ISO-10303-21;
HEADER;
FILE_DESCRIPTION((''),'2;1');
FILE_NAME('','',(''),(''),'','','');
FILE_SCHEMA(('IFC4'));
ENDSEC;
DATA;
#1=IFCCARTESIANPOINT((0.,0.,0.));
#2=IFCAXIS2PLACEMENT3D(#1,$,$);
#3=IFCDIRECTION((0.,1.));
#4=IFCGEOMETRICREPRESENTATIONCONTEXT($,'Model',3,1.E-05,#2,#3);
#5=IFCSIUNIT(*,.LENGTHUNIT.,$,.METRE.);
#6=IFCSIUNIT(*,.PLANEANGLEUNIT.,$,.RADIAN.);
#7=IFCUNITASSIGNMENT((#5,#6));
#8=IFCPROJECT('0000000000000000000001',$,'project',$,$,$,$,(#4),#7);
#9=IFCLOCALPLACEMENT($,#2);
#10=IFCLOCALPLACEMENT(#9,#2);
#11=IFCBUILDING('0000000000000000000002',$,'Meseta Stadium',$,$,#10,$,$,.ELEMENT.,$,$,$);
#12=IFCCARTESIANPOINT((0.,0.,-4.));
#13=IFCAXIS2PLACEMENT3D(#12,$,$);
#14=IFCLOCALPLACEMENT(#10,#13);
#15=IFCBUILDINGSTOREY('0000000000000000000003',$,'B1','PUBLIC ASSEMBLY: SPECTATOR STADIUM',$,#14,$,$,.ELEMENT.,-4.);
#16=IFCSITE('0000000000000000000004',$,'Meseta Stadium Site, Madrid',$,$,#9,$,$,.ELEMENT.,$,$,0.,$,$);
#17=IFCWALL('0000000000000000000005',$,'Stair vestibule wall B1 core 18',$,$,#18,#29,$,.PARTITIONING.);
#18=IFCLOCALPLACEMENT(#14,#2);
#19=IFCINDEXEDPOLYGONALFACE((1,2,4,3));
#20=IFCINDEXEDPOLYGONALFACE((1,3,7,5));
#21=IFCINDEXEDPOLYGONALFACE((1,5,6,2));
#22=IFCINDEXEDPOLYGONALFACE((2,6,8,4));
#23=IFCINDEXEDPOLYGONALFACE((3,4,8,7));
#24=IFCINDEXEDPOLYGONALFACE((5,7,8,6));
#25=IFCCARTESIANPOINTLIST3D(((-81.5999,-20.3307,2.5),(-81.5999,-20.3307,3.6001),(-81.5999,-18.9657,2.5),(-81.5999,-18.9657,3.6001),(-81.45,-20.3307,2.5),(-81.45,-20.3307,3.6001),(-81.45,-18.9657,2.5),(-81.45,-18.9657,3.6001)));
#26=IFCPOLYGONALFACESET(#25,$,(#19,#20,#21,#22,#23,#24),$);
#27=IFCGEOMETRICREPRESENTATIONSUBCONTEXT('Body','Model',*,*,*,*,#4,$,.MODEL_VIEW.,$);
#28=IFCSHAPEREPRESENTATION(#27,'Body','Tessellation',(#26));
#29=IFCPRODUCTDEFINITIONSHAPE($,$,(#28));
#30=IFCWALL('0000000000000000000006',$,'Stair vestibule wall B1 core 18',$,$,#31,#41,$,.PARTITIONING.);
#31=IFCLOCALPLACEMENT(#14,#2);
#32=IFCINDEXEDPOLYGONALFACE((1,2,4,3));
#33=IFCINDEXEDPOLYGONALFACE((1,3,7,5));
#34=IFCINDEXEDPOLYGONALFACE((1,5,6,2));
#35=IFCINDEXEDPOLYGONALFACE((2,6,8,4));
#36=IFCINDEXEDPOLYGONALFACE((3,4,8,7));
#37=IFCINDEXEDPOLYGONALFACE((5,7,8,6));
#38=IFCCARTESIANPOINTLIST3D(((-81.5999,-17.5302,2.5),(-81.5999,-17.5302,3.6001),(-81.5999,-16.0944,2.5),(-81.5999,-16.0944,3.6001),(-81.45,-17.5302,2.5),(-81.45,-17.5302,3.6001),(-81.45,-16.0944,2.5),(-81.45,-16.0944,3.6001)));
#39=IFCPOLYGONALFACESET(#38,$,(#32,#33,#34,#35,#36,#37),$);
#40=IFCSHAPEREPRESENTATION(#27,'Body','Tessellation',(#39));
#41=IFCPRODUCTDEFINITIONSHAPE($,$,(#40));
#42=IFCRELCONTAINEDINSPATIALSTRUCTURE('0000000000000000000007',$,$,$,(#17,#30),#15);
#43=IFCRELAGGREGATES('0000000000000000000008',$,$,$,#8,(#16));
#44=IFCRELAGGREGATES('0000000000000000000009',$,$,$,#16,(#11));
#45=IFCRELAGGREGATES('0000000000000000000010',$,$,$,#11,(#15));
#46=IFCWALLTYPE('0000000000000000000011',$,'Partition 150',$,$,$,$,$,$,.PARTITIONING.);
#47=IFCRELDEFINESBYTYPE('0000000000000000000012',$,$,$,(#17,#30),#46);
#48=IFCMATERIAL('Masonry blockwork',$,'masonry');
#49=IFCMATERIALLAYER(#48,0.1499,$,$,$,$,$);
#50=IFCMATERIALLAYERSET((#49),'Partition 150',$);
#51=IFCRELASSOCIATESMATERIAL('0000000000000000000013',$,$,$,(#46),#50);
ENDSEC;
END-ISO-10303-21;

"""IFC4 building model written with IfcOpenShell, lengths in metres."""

from ifc_helpers import new_model, si_unit, direction, frame, frame_2d, origin, place, context, subcontext, project, spatial, rectangle, extrude, material, layer, layer_set, type_object, element, save


model = new_model("IFC4")

# Units and contexts
model_context = context("Model", 3, precision=1e-05, world=origin(), true_north=direction((0.0, 1.0)))
body_context = subcontext(model_context, "Body", "Model", "MODEL_VIEW")
ifc_project = project(units=[si_unit("LENGTHUNIT", "METRE"), si_unit("PLANEANGLEUNIT", "RADIAN")], contexts=[model_context])

# Site, building, storey
site_placement = place(None, origin())
site = spatial("IfcSite", under=ifc_project, at=site_placement, Name="Meseta Stadium Site, Madrid", CompositionType="ELEMENT", RefElevation=0.0)
building_placement = place(site_placement, origin())
building = spatial("IfcBuilding", under=site, at=building_placement, Name="Meseta Stadium", CompositionType="ELEMENT")
storey_placement = place(building_placement, frame((0.0, 0.0, -4.0)))
storey = spatial("IfcBuildingStorey", under=building, at=storey_placement, Name="B1", Description="PUBLIC ASSEMBLY: SPECTATOR STADIUM", CompositionType="ELEMENT", Elevation=-4.0)

# Shared definitions
ifc_material_1 = material(Name="Masonry blockwork", Category="masonry")
ifc_layer_1 = layer(ifc_material_1, 0.1499)
ifc_layer_set_1 = layer_set([ifc_layer_1], Name="Partition 150")
wall_type_1 = type_object("IfcWallType", Name="Partition 150", PredefinedType="PARTITIONING", material=ifc_layer_set_1)

# Walls
wall_1_placement = place(storey_placement, frame((-81.5249, -20.3308, 2.5), z_axis=(0.0, 0.0, 1.0), x_axis=(0.0, 1.0, 0.0)))
element("IfcWall", 1, at=wall_1_placement, inside=storey, type_object=wall_type_1, Name="Stair vestibule wall B1 core 18", PredefinedType="PARTITIONING", context=body_context, shape_type="SweptSolid", body=[
    extrude(rectangle(XDim=1.365, YDim=0.1499, at=frame_2d((0.6826, 0.0))), origin(), (0.0, 0.0, 1.0), 1.1001),
])
wall_2_placement = place(storey_placement, frame((-81.5249, -17.53, 2.5), z_axis=(0.0, 0.0, 1.0), x_axis=(0.0, 1.0, 0.0)))
element("IfcWall", 2, at=wall_2_placement, inside=storey, type_object=wall_type_1, Name="Stair vestibule wall B1 core 18", PredefinedType="PARTITIONING", context=body_context, shape_type="SweptSolid", body=[
    extrude(rectangle(XDim=1.4358, YDim=0.1499, at=frame_2d((0.7178, 0.0))), origin(), (0.0, 0.0, 1.0), 1.1001),
])

save(model, "model.ifc")
